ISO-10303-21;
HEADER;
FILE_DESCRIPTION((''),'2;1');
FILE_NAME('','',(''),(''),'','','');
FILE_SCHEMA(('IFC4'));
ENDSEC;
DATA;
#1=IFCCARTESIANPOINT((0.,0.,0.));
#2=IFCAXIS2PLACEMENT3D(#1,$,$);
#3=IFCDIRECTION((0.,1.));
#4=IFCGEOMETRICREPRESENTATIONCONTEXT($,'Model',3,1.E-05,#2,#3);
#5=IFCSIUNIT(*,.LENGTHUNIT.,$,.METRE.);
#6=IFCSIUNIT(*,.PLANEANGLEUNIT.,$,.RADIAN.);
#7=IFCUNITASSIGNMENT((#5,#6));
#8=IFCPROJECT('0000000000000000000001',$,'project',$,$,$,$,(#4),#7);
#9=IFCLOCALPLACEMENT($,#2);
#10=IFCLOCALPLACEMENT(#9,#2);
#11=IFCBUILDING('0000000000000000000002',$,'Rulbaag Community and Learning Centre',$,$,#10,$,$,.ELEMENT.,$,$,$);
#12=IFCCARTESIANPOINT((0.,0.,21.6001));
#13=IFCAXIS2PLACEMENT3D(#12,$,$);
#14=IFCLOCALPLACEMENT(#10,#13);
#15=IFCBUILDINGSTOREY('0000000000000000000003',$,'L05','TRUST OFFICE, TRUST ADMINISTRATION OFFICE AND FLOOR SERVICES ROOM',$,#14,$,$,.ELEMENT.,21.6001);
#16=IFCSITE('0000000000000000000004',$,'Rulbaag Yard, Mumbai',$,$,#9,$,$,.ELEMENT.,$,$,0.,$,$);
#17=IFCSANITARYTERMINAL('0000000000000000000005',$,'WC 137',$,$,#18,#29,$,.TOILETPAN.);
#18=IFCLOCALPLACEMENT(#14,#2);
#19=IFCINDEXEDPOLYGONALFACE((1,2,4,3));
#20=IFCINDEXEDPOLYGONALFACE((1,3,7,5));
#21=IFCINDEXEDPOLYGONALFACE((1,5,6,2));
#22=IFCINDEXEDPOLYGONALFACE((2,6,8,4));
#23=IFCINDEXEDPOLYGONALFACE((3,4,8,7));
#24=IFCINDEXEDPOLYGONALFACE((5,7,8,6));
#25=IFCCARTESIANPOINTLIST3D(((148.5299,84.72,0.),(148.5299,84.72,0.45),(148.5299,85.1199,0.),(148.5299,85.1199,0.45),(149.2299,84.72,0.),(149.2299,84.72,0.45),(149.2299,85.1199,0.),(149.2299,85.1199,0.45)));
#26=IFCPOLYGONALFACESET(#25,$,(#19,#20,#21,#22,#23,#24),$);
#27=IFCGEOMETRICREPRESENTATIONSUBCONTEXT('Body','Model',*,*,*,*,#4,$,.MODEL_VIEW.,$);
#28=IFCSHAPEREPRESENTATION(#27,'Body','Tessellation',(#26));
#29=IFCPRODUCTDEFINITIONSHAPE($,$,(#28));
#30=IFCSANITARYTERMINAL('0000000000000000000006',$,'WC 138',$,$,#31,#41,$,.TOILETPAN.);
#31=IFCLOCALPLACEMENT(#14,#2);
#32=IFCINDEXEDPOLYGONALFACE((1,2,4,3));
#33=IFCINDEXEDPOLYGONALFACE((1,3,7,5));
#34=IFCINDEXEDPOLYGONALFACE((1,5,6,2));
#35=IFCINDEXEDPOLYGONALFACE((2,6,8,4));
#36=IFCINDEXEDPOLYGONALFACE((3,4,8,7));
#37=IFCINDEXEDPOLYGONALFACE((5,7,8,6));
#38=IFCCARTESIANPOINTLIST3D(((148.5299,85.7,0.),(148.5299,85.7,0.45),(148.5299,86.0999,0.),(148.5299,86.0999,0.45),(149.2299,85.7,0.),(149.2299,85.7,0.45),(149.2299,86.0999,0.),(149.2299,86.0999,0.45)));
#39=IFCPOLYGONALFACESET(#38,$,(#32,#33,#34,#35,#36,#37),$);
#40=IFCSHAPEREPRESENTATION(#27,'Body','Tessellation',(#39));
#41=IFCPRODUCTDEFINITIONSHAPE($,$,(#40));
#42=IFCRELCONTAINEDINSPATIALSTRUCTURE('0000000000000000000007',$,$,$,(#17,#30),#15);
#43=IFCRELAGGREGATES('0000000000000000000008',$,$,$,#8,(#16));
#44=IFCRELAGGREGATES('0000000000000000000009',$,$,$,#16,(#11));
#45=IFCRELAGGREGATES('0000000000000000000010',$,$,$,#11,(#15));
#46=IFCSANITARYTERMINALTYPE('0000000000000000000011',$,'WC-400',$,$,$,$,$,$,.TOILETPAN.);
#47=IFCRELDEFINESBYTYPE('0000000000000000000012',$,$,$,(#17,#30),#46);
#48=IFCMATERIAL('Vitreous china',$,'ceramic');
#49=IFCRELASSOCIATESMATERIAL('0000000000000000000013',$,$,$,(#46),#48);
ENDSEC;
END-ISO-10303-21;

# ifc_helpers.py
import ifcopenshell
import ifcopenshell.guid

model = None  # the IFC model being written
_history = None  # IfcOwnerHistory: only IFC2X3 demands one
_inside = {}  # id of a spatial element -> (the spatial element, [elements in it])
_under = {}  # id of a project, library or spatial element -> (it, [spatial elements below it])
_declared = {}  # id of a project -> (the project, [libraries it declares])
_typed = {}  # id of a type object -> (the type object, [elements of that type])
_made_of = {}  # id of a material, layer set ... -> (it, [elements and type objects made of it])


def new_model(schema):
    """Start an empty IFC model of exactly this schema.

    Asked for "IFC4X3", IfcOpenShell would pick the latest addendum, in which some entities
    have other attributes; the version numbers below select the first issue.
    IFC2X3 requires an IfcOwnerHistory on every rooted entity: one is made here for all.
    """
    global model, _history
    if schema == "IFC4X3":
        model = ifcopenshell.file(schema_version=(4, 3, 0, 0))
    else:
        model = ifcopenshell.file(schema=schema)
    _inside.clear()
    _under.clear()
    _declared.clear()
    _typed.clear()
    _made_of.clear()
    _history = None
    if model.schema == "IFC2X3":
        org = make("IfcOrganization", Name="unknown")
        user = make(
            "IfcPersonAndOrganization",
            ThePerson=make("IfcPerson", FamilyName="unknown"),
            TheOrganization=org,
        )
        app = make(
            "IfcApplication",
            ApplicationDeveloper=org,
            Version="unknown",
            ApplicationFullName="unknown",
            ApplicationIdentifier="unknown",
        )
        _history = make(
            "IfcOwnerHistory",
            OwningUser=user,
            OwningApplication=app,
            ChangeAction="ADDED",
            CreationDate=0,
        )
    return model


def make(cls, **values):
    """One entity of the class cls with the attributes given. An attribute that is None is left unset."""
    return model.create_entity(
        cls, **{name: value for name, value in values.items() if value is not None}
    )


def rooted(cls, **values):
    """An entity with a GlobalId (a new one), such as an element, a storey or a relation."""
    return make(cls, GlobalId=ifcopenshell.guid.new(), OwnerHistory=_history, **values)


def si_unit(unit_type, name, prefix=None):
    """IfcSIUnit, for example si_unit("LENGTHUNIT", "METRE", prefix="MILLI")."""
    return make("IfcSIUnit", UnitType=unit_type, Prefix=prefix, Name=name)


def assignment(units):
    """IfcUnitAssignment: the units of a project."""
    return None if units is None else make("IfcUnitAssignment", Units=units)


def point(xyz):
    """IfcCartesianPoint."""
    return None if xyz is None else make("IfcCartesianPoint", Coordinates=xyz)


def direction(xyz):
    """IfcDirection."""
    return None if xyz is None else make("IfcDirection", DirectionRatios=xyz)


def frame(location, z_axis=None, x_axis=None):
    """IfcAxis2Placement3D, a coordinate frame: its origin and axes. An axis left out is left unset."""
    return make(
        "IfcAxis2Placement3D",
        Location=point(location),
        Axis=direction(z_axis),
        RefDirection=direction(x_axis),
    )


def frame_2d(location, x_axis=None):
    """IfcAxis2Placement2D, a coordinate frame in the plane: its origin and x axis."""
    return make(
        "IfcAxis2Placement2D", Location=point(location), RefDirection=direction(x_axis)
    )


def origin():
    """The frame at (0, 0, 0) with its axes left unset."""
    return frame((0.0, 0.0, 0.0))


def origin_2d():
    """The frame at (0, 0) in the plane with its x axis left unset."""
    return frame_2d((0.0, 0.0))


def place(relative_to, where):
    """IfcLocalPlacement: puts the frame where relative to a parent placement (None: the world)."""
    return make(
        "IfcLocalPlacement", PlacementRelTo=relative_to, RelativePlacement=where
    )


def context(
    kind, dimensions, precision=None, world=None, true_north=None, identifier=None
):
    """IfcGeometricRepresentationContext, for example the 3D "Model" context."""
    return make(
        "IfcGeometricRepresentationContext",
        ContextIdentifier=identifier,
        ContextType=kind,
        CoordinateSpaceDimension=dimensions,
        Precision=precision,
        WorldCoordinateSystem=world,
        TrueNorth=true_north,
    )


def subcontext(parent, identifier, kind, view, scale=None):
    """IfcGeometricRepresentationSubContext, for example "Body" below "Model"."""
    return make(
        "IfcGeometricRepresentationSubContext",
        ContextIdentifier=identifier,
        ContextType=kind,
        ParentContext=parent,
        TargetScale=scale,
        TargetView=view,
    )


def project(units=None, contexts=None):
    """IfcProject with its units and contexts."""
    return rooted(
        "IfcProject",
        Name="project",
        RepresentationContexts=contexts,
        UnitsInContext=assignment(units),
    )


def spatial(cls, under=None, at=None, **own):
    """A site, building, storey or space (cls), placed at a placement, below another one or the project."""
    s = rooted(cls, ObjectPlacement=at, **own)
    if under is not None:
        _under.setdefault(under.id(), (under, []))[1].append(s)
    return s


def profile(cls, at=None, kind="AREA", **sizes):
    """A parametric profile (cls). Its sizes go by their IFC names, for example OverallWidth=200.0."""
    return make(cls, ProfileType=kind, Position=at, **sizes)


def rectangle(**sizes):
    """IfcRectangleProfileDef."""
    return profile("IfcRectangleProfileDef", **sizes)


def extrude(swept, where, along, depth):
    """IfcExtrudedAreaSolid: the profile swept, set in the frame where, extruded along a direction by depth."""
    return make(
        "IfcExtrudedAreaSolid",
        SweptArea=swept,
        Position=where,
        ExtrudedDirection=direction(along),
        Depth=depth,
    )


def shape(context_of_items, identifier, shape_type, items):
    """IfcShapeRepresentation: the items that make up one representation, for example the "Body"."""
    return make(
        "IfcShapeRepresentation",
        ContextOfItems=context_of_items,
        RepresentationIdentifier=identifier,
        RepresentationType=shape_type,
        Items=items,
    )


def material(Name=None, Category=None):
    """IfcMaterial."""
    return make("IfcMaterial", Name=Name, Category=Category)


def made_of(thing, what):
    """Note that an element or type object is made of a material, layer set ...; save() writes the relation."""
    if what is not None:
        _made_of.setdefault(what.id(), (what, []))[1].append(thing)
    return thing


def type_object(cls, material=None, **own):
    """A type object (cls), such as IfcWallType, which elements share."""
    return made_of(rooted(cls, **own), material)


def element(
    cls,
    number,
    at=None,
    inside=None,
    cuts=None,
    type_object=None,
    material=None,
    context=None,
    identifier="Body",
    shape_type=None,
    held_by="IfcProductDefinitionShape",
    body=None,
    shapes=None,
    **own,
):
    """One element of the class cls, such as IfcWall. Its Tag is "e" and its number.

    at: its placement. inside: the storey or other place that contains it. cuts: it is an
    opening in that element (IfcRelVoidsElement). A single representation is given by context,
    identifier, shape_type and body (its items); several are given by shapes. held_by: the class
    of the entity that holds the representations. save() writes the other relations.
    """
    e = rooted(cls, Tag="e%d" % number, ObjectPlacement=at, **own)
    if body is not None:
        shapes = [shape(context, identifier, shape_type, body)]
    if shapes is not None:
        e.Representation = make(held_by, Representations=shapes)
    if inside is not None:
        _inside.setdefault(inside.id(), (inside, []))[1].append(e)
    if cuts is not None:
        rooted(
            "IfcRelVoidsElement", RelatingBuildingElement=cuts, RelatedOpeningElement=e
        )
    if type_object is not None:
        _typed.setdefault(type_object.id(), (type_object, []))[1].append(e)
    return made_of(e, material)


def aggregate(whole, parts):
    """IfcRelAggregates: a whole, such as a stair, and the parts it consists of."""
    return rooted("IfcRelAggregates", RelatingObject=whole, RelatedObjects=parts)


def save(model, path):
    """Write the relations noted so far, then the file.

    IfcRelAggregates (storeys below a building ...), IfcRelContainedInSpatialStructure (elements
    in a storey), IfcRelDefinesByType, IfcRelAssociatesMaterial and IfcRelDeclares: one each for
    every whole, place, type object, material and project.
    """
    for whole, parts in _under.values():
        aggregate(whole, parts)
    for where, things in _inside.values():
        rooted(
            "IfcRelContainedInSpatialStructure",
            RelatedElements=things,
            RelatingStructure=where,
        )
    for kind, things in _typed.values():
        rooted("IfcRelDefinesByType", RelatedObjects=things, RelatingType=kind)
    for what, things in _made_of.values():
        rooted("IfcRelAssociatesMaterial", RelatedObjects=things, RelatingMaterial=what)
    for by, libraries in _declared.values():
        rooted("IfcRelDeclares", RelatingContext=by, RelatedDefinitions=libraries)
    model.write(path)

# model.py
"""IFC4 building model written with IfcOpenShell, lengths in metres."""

from ifc_helpers import new_model, si_unit, direction, frame, origin, origin_2d, place, context, subcontext, project, spatial, rectangle, extrude, material, type_object, element, save


model = new_model("IFC4")

# Units and contexts
model_context = context("Model", 3, precision=1e-05, world=origin(), true_north=direction((0.0, 1.0)))
body_context = subcontext(model_context, "Body", "Model", "MODEL_VIEW")
ifc_project = project(units=[si_unit("LENGTHUNIT", "METRE"), si_unit("PLANEANGLEUNIT", "RADIAN")], contexts=[model_context])

# Site, building, storey
site_placement = place(None, origin())
site = spatial("IfcSite", under=ifc_project, at=site_placement, Name="Rulbaag Yard, Mumbai", CompositionType="ELEMENT", RefElevation=0.0)
building_placement = place(site_placement, origin())
building = spatial("IfcBuilding", under=site, at=building_placement, Name="Rulbaag Community and Learning Centre", CompositionType="ELEMENT")
storey_placement = place(building_placement, frame((0.0, 0.0, 21.6001)))
storey = spatial("IfcBuildingStorey", under=building, at=storey_placement, Name="L05", Description="TRUST OFFICE, TRUST ADMINISTRATION OFFICE AND FLOOR SERVICES ROOM", CompositionType="ELEMENT", Elevation=21.6001)

# Sanitary terminals
ifc_material_1 = material(Name="Vitreous china", Category="ceramic")
sanitary_terminal_type_1 = type_object("IfcSanitaryTerminalType", Name="WC-400", PredefinedType="TOILETPAN", material=ifc_material_1)
for number, where, z_axis, x_axis, name in (
    (1, (148.8799, 84.9199, 0.0), (0.0, 0.0, 1.0), (1.0, 0.0, 0.0), "WC 137"),
    (2, (148.8799, 85.8999, 0.0), (0.0, 0.0, 1.0), (1.0, 0.0, 0.0), "WC 138"),
):
    element("IfcSanitaryTerminal", number, at=place(storey_placement, frame(where, z_axis=z_axis, x_axis=x_axis)), inside=storey, type_object=sanitary_terminal_type_1, Name=name, PredefinedType="TOILETPAN", context=body_context, shape_type="SweptSolid", body=[
        extrude(rectangle(XDim=0.7, YDim=0.3999, at=origin_2d()), origin(), (0.0, 0.0, 1.0), 0.45),
    ])

save(model, "model.ifc")
